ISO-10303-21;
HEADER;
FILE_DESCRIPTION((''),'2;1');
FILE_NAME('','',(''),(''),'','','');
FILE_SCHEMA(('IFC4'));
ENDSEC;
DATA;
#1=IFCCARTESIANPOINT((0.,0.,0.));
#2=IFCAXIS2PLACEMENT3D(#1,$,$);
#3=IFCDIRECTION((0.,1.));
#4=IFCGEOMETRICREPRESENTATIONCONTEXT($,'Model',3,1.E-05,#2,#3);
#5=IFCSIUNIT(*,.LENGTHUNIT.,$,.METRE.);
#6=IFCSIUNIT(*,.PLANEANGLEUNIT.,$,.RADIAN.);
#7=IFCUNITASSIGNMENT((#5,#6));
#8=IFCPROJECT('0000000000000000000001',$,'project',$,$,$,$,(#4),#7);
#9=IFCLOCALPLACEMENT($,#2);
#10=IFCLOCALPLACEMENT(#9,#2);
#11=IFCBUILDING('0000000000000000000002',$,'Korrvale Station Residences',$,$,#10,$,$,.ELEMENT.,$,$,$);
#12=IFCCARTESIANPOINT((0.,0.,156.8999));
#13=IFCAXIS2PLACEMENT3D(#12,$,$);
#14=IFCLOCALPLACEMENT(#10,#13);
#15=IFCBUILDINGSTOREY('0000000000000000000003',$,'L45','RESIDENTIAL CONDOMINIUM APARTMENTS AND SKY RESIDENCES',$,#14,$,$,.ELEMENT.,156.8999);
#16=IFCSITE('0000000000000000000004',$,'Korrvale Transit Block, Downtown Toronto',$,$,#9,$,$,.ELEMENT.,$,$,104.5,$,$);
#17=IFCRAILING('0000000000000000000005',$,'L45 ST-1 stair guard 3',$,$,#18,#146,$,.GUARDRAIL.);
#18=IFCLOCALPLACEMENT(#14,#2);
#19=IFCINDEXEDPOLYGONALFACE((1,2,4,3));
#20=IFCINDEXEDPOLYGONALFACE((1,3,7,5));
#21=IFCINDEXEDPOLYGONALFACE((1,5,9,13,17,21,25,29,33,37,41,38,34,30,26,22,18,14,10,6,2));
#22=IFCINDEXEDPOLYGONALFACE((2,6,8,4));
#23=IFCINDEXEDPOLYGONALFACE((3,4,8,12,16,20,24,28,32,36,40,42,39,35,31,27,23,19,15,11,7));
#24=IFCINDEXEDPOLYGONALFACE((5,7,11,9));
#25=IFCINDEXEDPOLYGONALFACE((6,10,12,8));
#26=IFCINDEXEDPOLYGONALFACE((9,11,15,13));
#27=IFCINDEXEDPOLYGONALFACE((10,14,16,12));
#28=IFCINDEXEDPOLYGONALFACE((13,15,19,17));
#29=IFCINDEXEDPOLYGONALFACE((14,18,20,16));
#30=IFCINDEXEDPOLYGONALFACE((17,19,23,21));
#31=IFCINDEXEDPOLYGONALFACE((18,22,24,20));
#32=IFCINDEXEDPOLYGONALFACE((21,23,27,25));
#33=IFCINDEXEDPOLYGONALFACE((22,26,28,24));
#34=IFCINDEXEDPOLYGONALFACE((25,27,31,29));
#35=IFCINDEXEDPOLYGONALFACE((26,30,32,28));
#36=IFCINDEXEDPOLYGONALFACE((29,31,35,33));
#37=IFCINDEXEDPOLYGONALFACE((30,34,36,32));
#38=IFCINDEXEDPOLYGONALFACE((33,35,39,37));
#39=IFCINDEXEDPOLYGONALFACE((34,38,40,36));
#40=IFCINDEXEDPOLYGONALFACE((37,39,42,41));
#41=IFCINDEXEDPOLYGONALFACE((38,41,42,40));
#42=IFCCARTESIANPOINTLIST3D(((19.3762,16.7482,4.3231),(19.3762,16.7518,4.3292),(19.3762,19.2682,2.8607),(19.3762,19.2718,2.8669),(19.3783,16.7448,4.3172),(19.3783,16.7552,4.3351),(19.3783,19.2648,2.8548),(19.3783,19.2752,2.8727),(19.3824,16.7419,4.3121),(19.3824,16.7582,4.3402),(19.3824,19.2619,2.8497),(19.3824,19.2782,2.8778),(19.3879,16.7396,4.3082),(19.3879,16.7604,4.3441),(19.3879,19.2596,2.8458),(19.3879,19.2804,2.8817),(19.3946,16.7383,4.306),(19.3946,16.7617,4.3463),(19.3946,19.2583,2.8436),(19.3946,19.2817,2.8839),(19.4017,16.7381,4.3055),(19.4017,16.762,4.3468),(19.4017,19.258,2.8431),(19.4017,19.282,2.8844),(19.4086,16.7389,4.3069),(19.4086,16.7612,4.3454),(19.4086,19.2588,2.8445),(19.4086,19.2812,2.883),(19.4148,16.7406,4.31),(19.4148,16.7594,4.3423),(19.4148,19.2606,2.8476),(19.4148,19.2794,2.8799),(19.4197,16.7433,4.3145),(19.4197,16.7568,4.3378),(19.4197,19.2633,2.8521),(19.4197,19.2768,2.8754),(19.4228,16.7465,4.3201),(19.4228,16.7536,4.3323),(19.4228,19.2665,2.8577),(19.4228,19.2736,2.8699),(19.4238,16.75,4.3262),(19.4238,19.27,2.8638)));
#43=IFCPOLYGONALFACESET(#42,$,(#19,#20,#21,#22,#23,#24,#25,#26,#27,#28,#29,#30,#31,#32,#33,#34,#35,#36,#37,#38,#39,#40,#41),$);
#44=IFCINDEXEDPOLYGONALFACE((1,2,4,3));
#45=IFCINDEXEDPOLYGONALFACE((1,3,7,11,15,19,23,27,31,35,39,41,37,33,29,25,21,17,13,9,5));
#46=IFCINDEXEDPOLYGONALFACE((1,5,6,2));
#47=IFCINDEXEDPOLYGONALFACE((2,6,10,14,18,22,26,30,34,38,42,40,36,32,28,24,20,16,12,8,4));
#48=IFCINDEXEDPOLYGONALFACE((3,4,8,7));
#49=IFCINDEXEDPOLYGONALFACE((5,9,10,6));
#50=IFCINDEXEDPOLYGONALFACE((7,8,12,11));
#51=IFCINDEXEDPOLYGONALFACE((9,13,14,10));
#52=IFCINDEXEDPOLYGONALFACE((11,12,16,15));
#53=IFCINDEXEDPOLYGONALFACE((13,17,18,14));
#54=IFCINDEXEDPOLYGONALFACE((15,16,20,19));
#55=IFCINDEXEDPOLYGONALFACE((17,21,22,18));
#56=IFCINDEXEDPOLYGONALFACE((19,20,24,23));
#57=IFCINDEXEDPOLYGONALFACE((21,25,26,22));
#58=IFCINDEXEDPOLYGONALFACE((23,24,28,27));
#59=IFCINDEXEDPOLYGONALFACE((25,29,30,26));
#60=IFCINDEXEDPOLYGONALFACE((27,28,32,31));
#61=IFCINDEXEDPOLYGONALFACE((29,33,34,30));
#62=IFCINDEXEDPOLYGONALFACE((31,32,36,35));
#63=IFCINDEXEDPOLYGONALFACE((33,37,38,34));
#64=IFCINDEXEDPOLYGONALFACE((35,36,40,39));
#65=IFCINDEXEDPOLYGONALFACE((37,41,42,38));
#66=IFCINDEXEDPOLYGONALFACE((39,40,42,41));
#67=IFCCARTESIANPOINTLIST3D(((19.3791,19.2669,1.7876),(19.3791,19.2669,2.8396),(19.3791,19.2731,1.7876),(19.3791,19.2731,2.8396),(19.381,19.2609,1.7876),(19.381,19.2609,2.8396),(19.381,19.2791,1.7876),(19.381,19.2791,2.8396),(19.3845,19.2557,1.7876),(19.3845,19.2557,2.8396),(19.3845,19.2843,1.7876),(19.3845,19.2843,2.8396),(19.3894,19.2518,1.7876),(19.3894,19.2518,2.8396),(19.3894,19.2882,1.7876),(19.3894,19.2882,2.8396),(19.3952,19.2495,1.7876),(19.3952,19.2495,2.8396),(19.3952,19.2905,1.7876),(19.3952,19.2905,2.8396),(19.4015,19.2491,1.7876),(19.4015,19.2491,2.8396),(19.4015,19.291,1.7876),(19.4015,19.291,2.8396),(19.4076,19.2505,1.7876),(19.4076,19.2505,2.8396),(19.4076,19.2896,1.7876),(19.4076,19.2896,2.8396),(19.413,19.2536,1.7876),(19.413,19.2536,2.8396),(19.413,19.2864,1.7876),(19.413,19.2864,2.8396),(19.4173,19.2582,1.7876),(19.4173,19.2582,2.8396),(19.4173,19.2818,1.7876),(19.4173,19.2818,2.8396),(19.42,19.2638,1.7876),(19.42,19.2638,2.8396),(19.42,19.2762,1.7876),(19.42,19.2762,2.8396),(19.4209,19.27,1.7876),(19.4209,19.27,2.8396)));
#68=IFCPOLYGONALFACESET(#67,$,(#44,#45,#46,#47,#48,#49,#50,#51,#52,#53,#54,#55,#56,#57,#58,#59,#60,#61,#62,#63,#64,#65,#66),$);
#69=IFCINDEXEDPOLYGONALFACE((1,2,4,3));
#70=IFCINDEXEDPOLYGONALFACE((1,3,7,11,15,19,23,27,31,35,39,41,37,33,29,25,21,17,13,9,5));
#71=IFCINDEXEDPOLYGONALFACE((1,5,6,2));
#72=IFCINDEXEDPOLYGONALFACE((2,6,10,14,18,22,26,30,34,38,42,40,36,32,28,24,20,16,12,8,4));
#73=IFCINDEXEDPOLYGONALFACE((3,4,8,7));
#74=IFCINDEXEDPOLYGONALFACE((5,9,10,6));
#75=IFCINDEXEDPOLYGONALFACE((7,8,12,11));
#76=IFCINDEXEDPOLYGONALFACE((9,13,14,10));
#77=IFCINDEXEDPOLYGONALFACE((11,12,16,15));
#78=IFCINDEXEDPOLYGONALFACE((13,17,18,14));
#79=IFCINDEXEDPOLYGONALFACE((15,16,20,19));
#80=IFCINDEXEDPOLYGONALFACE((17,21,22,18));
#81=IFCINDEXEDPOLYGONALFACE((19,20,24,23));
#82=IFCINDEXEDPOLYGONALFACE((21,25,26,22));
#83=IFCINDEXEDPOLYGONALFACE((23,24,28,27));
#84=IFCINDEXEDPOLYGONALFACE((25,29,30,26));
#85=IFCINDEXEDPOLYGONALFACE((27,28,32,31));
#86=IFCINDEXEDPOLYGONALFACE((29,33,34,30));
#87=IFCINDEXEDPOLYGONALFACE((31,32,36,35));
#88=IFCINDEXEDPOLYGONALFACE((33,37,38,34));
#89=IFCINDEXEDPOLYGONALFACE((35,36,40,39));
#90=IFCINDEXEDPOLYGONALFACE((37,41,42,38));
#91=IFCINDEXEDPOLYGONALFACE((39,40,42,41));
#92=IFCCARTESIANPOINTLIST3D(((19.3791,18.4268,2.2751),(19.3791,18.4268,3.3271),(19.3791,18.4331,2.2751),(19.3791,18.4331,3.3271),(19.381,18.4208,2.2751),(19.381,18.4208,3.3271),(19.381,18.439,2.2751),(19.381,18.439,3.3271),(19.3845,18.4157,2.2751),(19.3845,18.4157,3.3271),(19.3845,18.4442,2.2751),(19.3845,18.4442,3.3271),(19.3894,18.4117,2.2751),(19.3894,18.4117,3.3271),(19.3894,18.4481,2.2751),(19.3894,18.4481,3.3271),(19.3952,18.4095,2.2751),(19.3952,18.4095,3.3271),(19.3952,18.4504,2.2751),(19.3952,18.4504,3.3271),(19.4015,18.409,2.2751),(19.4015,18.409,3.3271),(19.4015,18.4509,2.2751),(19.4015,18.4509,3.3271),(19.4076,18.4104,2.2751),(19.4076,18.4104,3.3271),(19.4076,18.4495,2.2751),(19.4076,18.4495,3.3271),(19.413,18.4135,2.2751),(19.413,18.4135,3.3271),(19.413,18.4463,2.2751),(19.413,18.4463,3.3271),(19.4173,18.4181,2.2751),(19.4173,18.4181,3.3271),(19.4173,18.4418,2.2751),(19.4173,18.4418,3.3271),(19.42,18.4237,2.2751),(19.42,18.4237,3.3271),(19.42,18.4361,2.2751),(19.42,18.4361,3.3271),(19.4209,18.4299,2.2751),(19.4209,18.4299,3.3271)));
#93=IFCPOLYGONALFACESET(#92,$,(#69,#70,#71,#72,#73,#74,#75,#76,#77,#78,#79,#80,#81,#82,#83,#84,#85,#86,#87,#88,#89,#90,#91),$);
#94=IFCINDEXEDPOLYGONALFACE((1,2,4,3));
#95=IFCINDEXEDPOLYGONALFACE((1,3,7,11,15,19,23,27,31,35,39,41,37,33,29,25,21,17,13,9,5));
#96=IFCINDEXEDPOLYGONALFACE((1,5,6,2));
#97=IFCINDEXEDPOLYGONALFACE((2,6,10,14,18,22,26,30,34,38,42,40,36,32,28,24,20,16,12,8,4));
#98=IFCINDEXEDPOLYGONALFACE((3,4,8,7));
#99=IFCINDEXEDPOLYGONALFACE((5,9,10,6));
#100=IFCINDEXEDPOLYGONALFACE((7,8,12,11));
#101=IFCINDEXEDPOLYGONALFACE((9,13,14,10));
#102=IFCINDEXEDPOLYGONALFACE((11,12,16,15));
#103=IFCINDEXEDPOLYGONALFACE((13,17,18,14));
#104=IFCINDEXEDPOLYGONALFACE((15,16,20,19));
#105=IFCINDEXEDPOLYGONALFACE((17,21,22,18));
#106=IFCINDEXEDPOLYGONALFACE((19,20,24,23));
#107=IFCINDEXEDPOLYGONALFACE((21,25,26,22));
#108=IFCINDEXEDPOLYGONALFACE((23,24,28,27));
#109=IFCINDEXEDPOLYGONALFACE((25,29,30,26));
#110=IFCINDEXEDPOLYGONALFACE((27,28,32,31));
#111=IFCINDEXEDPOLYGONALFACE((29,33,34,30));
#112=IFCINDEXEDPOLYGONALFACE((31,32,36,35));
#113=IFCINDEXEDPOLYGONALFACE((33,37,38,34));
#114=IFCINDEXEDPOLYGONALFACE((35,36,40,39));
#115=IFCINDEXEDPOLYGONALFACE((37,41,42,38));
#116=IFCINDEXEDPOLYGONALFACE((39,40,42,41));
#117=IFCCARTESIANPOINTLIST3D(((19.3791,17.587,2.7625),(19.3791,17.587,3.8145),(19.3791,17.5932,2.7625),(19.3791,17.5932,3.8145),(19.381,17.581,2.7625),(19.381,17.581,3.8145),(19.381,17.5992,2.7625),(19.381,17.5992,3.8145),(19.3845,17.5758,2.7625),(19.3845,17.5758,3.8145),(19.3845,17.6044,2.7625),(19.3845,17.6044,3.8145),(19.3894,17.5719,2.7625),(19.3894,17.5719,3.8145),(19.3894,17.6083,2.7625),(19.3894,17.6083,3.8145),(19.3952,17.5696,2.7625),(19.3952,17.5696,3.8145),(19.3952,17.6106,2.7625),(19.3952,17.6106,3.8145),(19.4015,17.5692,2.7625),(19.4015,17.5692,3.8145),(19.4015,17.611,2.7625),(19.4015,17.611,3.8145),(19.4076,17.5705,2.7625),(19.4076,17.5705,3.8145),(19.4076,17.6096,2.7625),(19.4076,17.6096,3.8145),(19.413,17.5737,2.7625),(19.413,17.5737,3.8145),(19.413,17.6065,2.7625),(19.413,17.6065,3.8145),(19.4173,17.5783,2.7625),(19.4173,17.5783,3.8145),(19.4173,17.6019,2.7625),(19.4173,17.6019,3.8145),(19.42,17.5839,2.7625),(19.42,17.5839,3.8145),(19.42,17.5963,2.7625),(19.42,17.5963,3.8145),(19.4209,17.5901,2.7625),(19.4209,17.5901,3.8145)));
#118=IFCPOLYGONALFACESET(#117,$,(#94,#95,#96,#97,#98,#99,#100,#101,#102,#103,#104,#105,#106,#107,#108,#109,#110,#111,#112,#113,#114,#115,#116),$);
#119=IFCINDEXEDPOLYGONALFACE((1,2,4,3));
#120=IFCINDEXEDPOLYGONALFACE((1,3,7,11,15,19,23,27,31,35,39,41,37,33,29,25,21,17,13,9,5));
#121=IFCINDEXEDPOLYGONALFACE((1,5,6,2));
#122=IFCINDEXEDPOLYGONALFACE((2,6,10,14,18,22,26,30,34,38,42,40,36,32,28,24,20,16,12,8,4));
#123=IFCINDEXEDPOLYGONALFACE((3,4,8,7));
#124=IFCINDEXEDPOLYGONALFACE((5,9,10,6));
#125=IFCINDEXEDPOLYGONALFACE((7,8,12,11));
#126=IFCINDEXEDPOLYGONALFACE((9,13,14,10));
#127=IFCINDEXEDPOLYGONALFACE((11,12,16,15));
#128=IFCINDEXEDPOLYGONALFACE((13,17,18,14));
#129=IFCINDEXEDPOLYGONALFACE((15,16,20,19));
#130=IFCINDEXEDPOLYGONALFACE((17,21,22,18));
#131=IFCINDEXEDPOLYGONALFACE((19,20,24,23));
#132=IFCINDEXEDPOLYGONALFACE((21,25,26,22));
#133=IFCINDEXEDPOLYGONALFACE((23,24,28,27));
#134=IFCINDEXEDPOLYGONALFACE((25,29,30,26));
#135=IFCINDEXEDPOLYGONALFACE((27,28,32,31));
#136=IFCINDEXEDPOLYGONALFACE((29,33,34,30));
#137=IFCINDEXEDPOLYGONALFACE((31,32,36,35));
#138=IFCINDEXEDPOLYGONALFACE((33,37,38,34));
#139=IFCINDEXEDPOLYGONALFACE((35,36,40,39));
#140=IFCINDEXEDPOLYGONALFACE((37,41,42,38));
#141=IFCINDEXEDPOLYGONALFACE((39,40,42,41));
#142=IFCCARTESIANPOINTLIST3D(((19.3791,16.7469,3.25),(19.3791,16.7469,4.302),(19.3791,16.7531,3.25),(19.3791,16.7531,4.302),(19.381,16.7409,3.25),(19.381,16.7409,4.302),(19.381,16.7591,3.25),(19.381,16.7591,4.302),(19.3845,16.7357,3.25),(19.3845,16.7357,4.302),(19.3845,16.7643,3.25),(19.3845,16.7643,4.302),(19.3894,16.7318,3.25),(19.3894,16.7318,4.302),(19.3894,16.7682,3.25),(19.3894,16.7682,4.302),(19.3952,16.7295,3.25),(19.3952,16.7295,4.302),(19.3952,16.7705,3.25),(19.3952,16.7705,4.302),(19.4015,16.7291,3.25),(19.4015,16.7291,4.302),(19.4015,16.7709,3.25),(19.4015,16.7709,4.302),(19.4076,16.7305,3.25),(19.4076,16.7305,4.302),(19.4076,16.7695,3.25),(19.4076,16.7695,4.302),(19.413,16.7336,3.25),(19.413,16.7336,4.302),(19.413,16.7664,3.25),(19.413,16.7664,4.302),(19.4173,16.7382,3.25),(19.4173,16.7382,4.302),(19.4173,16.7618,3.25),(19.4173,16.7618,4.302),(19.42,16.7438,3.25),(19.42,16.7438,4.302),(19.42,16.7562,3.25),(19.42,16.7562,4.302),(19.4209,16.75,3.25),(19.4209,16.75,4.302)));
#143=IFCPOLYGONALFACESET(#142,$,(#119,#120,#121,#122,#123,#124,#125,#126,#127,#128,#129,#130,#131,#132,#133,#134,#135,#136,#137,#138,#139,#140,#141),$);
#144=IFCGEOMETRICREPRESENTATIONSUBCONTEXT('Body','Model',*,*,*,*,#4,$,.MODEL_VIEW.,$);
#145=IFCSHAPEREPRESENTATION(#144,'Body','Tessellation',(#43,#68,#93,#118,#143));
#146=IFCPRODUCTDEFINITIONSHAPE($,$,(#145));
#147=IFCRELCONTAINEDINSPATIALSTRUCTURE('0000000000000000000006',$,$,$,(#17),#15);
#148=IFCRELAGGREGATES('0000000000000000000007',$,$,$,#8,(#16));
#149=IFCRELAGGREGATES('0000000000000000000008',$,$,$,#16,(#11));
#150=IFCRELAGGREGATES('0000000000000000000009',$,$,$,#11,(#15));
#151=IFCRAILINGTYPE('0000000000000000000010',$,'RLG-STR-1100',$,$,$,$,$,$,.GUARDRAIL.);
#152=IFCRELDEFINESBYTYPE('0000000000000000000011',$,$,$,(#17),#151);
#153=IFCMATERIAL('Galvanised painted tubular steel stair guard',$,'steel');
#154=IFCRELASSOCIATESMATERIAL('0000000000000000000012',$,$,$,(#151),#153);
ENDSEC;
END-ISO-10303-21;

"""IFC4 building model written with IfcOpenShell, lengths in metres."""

from ifc_helpers import new_model, si_unit, direction, frame, origin, origin_2d, place, context, subcontext, project, spatial, circle, extrude, material, type_object, element, save


model = new_model("IFC4")

# Units and contexts
model_context = context("Model", 3, precision=1e-05, world=origin(), true_north=direction((0.0, 1.0)))
body_context = subcontext(model_context, "Body", "Model", "MODEL_VIEW")
ifc_project = project(units=[si_unit("LENGTHUNIT", "METRE"), si_unit("PLANEANGLEUNIT", "RADIAN")], contexts=[model_context])

# Site, building, storey
site_placement = place(None, origin())
site = spatial("IfcSite", under=ifc_project, at=site_placement, Name="Korrvale Transit Block, Downtown Toronto", CompositionType="ELEMENT", RefElevation=104.5)
building_placement = place(site_placement, origin())
building = spatial("IfcBuilding", under=site, at=building_placement, Name="Korrvale Station Residences", CompositionType="ELEMENT")
storey_placement = place(building_placement, frame((0.0, 0.0, 156.8999)))
storey = spatial("IfcBuildingStorey", under=building, at=storey_placement, Name="L45", Description="RESIDENTIAL CONDOMINIUM APARTMENTS AND SKY RESIDENCES", CompositionType="ELEMENT", Elevation=156.8999)

# Railing
ifc_material_1 = material(Name="Galvanised painted tubular steel stair guard", Category="steel")
railing_type_1 = type_object("IfcRailingType", Name="RLG-STR-1100", PredefinedType="GUARDRAIL", material=ifc_material_1)
railing_1_placement = place(storey_placement, frame((19.3999, 19.27, 1.7876)))
element("IfcRailing", 1, at=railing_1_placement, inside=storey, type_object=railing_type_1, Name="L45 ST-1 stair guard 3", PredefinedType="GUARDRAIL", context=body_context, shape_type="SweptSolid", body=[
    extrude(circle(Radius=0.0239, at=origin_2d()), frame((0.0, 0.0, 1.0762), z_axis=(0.0, -0.864913, 0.501921), x_axis=(1.0, 0.0, 0.0)), (0.0, 0.0, 1.0), 2.9136),
    extrude(circle(Radius=0.021, at=origin_2d()), origin(), (0.0, 0.0, 1.0), 1.052),
    extrude(circle(Radius=0.021, at=origin_2d()), frame((0.0, -0.8401, 0.4875)), (0.0, 0.0, 1.0), 1.052),
    extrude(circle(Radius=0.021, at=origin_2d()), frame((0.0, -1.6799, 0.9749)), (0.0, 0.0, 1.0), 1.052),
    extrude(circle(Radius=0.021, at=origin_2d()), frame((0.0, -2.52, 1.4624)), (0.0, 0.0, 1.0), 1.052),
])

save(model, "model.ifc")
